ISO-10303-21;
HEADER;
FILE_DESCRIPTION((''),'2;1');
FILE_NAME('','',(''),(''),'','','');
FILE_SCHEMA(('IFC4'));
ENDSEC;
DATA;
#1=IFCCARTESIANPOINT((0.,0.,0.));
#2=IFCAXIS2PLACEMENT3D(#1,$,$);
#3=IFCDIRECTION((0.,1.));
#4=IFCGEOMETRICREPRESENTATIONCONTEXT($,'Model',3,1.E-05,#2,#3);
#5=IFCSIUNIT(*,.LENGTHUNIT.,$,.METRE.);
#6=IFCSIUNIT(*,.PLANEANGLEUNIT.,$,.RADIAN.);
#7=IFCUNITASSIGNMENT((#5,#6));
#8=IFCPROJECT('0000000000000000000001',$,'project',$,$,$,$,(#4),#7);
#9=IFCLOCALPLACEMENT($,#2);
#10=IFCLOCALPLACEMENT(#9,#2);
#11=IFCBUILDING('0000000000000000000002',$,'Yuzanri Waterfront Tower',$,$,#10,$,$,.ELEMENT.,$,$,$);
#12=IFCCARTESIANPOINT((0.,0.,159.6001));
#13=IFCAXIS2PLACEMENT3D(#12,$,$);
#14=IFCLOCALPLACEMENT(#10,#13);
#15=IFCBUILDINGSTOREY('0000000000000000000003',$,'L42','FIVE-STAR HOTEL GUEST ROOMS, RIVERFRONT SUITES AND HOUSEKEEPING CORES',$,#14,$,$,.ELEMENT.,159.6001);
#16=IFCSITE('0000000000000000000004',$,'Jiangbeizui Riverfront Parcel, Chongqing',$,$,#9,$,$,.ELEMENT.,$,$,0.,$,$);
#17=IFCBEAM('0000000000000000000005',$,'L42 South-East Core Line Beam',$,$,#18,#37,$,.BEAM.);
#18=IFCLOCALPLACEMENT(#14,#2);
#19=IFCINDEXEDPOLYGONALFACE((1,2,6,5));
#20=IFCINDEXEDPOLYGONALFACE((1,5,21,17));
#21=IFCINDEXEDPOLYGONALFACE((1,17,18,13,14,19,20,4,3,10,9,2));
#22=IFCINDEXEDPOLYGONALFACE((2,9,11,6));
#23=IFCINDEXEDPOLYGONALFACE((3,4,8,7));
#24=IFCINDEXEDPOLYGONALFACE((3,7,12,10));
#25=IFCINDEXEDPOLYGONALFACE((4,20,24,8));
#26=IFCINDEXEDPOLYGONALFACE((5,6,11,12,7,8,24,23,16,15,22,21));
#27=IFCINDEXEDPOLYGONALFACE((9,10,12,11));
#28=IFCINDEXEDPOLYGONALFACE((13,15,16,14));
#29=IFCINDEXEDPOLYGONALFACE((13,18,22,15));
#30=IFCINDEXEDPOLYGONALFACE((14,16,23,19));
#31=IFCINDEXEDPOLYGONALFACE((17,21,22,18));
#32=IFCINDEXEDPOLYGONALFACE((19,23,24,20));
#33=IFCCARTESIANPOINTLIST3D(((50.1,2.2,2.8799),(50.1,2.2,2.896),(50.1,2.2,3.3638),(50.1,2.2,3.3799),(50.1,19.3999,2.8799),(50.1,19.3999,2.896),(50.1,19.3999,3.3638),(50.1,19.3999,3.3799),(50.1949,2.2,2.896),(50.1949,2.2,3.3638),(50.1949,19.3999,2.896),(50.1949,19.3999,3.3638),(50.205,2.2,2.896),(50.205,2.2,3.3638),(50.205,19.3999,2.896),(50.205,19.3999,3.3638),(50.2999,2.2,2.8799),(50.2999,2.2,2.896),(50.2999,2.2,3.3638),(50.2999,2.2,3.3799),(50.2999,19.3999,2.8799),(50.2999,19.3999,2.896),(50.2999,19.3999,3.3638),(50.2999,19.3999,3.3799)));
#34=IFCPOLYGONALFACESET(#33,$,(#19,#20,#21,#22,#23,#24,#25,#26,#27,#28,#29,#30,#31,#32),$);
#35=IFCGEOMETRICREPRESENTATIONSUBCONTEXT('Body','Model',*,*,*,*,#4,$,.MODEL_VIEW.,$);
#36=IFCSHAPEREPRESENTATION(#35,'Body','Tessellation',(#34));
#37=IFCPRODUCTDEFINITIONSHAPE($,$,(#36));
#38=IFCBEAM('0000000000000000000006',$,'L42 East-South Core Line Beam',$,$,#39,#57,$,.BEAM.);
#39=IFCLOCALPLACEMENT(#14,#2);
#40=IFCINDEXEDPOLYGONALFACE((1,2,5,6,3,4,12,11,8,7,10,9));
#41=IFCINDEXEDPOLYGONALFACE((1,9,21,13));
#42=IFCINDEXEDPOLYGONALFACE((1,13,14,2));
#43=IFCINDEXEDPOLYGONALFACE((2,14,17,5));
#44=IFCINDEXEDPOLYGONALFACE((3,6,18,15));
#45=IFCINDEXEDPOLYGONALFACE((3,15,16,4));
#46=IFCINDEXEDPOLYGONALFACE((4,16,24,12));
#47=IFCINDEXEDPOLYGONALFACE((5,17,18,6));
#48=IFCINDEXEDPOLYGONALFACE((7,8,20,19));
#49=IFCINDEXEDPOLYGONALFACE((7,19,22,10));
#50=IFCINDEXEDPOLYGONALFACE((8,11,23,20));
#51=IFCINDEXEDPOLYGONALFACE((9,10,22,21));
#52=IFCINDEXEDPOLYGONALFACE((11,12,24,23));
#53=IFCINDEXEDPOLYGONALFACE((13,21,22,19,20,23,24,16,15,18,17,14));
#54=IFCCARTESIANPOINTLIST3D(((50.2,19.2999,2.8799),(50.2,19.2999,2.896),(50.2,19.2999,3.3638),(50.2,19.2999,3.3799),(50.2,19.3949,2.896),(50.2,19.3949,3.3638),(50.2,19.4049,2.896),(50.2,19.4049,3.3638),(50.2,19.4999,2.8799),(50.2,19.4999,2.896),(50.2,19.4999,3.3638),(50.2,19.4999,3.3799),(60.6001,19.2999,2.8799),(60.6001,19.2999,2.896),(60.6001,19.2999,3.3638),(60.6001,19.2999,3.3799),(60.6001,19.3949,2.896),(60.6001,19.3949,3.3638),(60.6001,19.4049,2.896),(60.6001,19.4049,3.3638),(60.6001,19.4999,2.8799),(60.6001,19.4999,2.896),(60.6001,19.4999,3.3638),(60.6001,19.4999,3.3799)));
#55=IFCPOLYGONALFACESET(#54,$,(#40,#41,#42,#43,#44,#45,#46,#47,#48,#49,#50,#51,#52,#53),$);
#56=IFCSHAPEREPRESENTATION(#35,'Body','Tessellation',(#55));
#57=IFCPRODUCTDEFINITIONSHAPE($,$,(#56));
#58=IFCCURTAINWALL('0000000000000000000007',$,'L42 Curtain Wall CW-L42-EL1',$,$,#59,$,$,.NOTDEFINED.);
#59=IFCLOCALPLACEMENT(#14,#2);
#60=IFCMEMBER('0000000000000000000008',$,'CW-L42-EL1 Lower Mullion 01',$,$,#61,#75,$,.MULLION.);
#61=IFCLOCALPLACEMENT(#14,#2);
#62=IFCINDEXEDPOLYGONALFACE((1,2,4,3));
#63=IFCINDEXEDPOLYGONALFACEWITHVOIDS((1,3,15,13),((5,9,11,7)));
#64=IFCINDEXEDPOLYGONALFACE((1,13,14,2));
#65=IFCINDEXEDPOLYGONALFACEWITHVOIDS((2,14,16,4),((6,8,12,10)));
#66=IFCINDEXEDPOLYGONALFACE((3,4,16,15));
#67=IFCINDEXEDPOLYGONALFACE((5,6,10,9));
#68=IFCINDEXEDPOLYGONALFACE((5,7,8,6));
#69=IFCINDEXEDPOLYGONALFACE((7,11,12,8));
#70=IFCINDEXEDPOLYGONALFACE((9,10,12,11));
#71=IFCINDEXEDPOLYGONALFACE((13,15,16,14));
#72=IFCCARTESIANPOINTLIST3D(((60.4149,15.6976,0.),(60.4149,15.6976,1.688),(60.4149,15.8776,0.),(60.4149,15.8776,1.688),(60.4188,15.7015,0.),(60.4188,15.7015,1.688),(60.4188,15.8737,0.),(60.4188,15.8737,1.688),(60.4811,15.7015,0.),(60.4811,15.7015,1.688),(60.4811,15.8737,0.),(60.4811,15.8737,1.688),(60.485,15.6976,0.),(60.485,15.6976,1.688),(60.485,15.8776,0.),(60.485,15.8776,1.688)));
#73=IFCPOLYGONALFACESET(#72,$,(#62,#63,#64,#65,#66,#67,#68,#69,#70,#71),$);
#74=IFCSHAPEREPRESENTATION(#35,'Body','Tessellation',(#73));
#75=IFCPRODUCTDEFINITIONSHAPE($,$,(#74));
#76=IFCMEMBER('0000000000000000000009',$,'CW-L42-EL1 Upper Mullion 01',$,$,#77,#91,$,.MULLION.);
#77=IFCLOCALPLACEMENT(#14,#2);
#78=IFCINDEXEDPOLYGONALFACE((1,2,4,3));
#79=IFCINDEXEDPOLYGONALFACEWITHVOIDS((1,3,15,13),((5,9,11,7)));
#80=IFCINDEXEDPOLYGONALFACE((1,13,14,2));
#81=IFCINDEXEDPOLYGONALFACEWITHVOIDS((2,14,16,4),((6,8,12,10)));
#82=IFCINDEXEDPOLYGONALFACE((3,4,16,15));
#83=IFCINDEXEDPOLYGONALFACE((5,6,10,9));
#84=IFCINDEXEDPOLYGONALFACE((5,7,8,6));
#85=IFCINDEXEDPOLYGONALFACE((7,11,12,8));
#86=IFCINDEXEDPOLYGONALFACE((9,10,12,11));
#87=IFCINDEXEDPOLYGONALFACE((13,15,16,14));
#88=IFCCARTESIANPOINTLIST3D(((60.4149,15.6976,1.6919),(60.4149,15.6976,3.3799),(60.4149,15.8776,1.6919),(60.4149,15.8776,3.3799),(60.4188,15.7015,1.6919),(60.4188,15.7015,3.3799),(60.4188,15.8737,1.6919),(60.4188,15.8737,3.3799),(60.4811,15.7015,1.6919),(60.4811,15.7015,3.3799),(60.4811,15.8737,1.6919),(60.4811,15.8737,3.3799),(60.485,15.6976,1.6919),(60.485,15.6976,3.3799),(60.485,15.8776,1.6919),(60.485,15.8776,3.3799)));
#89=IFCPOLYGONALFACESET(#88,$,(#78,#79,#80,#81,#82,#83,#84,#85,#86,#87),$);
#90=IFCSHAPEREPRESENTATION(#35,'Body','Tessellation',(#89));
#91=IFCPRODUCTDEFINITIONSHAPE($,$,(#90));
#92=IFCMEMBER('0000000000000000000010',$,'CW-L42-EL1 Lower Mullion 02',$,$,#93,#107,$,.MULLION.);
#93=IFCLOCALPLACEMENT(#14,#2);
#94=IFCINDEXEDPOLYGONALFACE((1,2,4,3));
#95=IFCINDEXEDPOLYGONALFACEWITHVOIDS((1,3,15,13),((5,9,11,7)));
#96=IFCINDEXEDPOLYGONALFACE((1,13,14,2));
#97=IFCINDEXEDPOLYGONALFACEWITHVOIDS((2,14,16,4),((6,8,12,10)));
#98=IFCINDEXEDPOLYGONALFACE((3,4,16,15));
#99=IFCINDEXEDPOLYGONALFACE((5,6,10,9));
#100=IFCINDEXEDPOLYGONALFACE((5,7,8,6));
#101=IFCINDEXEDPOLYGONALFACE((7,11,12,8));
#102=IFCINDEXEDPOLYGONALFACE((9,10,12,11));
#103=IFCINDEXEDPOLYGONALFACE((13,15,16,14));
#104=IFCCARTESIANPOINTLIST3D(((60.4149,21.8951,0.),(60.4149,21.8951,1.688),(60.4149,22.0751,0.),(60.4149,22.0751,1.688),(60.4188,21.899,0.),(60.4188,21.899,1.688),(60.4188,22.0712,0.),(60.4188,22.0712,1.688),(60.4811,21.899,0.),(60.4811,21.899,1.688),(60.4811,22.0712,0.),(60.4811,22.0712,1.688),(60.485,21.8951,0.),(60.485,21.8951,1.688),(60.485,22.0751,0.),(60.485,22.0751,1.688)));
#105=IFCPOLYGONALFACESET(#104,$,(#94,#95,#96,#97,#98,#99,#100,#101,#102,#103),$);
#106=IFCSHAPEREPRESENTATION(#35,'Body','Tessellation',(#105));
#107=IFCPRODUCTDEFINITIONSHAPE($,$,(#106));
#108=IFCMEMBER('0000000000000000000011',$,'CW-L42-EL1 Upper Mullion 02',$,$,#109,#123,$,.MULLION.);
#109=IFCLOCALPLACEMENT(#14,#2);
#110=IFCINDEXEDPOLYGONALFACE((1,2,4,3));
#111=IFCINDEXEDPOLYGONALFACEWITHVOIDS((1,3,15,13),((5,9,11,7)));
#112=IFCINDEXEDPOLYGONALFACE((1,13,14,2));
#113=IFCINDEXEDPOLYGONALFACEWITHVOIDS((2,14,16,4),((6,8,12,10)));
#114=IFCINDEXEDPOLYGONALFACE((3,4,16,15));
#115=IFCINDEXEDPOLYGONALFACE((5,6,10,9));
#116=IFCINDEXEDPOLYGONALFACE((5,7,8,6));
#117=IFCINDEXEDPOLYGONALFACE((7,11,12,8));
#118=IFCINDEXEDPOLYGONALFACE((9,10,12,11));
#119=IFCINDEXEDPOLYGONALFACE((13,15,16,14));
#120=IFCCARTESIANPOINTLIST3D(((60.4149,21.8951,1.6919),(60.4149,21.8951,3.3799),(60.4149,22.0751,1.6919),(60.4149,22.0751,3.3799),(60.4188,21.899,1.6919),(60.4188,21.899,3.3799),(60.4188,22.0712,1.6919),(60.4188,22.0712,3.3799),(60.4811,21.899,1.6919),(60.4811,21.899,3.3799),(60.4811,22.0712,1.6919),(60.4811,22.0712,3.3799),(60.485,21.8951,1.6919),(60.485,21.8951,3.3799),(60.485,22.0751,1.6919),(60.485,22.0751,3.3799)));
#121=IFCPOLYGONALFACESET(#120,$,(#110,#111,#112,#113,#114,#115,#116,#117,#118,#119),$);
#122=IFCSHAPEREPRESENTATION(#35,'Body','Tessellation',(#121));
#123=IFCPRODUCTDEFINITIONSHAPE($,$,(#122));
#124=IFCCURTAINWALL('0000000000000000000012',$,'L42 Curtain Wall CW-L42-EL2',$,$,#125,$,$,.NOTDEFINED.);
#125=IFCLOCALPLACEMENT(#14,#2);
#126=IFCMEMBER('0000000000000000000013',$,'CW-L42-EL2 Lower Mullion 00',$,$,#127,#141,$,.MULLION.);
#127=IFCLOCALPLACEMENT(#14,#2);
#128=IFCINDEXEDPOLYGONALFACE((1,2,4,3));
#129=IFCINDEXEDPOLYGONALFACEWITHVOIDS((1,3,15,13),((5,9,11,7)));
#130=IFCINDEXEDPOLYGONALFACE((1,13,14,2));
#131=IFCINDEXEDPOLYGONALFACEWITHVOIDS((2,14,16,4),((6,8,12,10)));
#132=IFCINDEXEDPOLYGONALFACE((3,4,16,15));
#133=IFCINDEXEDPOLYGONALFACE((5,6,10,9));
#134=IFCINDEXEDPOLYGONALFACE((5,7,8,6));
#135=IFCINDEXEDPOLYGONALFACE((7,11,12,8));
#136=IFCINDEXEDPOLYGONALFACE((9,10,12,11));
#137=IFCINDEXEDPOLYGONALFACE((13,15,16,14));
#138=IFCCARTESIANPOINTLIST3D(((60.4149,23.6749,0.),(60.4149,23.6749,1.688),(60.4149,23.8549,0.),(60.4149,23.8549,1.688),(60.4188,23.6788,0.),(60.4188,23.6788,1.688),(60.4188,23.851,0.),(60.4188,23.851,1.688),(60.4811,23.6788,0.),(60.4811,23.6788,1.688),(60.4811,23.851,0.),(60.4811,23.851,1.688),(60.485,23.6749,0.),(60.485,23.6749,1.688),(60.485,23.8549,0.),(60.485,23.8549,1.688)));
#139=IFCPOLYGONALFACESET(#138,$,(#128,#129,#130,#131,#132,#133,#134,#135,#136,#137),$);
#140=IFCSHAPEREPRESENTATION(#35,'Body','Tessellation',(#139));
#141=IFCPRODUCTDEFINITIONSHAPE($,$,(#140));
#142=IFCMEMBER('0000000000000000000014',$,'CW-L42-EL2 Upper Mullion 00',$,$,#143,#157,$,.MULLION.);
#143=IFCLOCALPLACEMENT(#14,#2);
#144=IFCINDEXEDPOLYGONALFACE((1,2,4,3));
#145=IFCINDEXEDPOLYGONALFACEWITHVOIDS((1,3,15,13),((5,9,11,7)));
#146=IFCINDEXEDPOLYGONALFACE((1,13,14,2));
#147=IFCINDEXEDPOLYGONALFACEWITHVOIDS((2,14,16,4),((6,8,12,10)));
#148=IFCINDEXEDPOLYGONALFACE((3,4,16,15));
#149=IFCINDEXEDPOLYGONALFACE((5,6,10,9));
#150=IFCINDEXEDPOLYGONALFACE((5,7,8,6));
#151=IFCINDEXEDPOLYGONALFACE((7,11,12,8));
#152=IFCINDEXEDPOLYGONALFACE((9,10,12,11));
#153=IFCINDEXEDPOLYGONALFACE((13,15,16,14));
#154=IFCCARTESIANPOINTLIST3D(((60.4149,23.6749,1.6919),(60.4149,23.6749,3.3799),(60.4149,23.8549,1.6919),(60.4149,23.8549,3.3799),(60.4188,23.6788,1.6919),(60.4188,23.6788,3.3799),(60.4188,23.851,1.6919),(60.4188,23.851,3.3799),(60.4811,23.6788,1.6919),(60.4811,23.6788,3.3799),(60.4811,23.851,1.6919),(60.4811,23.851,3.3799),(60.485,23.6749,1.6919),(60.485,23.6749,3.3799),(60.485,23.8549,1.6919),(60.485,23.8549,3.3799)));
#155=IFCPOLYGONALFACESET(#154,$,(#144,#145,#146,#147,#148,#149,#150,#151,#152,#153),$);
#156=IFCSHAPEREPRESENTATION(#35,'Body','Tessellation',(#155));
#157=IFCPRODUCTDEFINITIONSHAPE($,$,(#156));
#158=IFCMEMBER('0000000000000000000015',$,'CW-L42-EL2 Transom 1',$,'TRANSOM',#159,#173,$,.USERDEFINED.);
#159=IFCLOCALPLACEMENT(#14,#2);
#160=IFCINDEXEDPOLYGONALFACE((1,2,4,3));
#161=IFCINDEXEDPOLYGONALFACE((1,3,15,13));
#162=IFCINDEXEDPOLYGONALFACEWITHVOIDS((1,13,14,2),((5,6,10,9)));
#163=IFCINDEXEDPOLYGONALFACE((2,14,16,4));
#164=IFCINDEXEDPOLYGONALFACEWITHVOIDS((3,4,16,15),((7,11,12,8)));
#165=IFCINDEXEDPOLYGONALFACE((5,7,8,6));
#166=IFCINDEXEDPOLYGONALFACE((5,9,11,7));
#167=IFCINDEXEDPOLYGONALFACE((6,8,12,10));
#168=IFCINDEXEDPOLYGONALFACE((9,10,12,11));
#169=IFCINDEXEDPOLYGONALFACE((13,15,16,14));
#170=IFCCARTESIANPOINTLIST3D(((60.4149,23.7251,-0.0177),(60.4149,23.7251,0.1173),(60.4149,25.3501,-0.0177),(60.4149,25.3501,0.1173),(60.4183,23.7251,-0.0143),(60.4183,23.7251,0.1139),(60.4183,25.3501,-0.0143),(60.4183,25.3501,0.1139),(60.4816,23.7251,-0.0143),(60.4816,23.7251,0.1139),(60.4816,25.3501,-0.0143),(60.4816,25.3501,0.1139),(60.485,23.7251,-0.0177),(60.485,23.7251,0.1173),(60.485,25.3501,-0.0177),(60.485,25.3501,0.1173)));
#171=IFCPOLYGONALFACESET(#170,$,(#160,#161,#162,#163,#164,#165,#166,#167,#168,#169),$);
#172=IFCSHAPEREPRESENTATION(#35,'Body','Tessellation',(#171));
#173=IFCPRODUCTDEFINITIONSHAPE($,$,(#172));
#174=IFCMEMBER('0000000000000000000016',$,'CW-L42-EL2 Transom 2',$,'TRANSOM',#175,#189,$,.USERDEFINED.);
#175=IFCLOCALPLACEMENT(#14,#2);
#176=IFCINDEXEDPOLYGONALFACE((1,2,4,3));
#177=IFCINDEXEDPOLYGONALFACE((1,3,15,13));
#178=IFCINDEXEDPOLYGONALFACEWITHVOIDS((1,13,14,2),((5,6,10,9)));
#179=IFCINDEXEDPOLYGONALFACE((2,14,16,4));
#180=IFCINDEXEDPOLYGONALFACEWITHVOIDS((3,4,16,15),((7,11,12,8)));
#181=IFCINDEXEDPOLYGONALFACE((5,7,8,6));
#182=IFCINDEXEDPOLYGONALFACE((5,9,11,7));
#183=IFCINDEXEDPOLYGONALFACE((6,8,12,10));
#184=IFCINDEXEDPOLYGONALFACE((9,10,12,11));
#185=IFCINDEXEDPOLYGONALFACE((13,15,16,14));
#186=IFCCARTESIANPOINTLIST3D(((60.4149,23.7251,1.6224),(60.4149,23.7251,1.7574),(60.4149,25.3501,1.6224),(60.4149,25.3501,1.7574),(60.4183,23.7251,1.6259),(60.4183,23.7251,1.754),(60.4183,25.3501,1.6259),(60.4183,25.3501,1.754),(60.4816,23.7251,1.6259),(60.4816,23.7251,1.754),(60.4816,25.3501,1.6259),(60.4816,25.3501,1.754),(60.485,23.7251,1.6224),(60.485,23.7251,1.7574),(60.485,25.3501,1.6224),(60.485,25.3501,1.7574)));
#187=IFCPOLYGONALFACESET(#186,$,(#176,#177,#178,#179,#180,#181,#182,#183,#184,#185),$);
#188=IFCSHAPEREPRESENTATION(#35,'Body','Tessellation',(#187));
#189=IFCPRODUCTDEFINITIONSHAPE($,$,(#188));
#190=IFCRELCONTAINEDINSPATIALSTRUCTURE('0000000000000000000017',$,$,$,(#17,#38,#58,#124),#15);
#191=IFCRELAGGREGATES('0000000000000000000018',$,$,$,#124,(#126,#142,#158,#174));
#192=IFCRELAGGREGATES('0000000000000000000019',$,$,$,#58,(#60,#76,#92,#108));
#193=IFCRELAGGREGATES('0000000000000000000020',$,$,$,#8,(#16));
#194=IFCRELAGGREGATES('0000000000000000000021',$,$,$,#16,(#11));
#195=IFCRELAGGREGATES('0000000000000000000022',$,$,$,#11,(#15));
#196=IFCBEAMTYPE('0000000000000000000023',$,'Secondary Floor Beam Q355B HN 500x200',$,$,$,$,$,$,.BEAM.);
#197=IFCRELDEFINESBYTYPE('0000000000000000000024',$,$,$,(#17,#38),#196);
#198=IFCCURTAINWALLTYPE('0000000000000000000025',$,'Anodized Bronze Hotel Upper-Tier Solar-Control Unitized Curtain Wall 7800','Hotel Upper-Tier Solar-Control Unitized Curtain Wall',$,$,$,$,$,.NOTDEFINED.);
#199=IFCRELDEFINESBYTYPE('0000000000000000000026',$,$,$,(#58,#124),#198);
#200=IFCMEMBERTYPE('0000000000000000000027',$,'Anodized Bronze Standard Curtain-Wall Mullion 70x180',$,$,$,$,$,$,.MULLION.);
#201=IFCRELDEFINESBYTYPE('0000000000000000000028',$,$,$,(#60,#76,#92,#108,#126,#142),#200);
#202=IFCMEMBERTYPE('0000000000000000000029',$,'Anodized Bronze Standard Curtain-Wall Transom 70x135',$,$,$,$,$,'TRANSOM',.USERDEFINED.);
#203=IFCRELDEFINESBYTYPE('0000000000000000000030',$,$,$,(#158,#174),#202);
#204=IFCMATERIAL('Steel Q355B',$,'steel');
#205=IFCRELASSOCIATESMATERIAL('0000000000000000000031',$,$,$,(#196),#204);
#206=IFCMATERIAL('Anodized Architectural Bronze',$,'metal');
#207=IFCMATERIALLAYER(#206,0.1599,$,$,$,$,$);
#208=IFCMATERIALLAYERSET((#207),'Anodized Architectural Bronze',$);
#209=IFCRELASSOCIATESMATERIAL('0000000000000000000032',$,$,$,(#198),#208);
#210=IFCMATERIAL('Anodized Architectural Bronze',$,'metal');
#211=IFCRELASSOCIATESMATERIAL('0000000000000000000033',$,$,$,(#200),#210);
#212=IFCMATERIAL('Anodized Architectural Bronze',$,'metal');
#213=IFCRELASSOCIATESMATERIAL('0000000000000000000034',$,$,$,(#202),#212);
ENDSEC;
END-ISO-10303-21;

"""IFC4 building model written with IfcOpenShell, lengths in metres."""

from ifc_helpers import new_model, si_unit, direction, frame, origin, origin_2d, place, context, subcontext, project, spatial, hollow_rectangle, i_section, extrude, source, transform, mapped, material, layer, layer_set, material_profile, profile_set, type_object, element, aggregate, save


model = new_model("IFC4")

# Units and contexts
model_context = context("Model", 3, precision=1e-05, world=origin(), true_north=direction((0.0, 1.0)))
body_context = subcontext(model_context, "Body", "Model", "MODEL_VIEW")
ifc_project = project(units=[si_unit("LENGTHUNIT", "METRE"), si_unit("PLANEANGLEUNIT", "RADIAN")], contexts=[model_context])

# Site, building, storey
site_placement = place(None, origin())
site = spatial("IfcSite", under=ifc_project, at=site_placement, Name="Jiangbeizui Riverfront Parcel, Chongqing", CompositionType="ELEMENT", RefElevation=0.0)
building_placement = place(site_placement, origin())
building = spatial("IfcBuilding", under=site, at=building_placement, Name="Yuzanri Waterfront Tower", CompositionType="ELEMENT")
storey_placement = place(building_placement, frame((0.0, 0.0, 159.6001)))
storey = spatial("IfcBuildingStorey", under=building, at=storey_placement, Name="L42", Description="FIVE-STAR HOTEL GUEST ROOMS, RIVERFRONT SUITES AND HOUSEKEEPING CORES", CompositionType="ELEMENT", Elevation=159.6001)

# Beams
ifc_material_1 = material(Name="Steel Q355B", Category="steel")
ifc_material_profile_1 = material_profile(ifc_material_1, i_section(OverallWidth=0.2, OverallDepth=0.5, WebThickness=0.01, FlangeThickness=0.0161, at=origin_2d()), Name="HN 500x200x10x16")
ifc_profile_set_1 = profile_set([ifc_material_profile_1], Name="Steel Q355B")
beam_type = type_object("IfcBeamType", Name="Secondary Floor Beam Q355B HN 500x200", PredefinedType="BEAM", material=ifc_profile_set_1)
shared_shape_1 = source(origin(), body_context, "Body", "SweptSolid", [
    extrude(i_section(OverallWidth=0.2, OverallDepth=0.5, WebThickness=0.01, FlangeThickness=0.0161, at=origin_2d()), origin(), (0.0, 0.0, 1.0), 17.2),
])
beam_1_placement = place(storey_placement, frame((50.2, 19.3999, 3.1299), z_axis=(0.0, -1.0, 0.0), x_axis=(1.0, 0.0, 0.0)))
element("IfcBeam", 1, at=beam_1_placement, inside=storey, type_object=beam_type, Name="L42 South-East Core Line Beam", PredefinedType="BEAM", context=body_context, shape_type="MappedRepresentation", body=[
    mapped(shared_shape_1, transform((0.0, 0.0, 0.0), scale=1.0)),
])
shared_shape_2 = source(origin(), body_context, "Body", "SweptSolid", [
    extrude(i_section(OverallWidth=0.2, OverallDepth=0.5, WebThickness=0.01, FlangeThickness=0.0161, at=origin_2d()), origin(), (0.0, 0.0, 1.0), 10.4001),
])
beam_2_placement = place(storey_placement, frame((50.2, 19.3999, 3.1299), z_axis=(1.0, 0.0, 0.0), x_axis=(0.0, 1.0, 0.0)))
element("IfcBeam", 2, at=beam_2_placement, inside=storey, type_object=beam_type, Name="L42 East-South Core Line Beam", PredefinedType="BEAM", context=body_context, shape_type="MappedRepresentation", body=[
    mapped(shared_shape_2, transform((0.0, 0.0, 0.0), scale=1.0)),
])

# Curtain wall, members
ifc_material_2 = material(Name="Anodized Architectural Bronze", Category="metal")
ifc_layer_1 = layer(ifc_material_2, 0.1599)
ifc_layer_set_1 = layer_set([ifc_layer_1], Name="Anodized Architectural Bronze")
curtain_wall_type = type_object("IfcCurtainWallType", Name="Anodized Bronze Hotel Upper-Tier Solar-Control Unitized Curtain Wall 7800", Description="Hotel Upper-Tier Solar-Control Unitized Curtain Wall", PredefinedType="NOTDEFINED", material=ifc_layer_set_1)
curtain_wall_1_placement = place(storey_placement, origin())
curtain_wall_1 = element("IfcCurtainWall", 3, at=curtain_wall_1_placement, inside=storey, type_object=curtain_wall_type, Name="L42 Curtain Wall CW-L42-EL1", PredefinedType="NOTDEFINED")
ifc_material_3 = material(Name="Anodized Architectural Bronze", Category="metal")
ifc_material_profile_2 = material_profile(ifc_material_3, hollow_rectangle(XDim=0.0701, YDim=0.1799, WallThickness=0.0039, at=origin_2d()), Name="CWM 70x180")
ifc_profile_set_2 = profile_set([ifc_material_profile_2], Name="Anodized Architectural Bronze")
member_type_1 = type_object("IfcMemberType", Name="Anodized Bronze Standard Curtain-Wall Mullion 70x180", PredefinedType="MULLION", material=ifc_profile_set_2)
shared_shape_3 = source(origin(), body_context, "Body", "SweptSolid", [
    extrude(hollow_rectangle(XDim=0.0701, YDim=0.1799, WallThickness=0.0039, at=origin_2d()), origin(), (0.0, 0.0, 1.0), 1.688),
])
member_1_placement = place(storey_placement, frame((60.45, 15.7876, 0.0), z_axis=(0.0, 0.0, 1.0), x_axis=(1.0, 0.0, 0.0)))
member_1 = element("IfcMember", 4, at=member_1_placement, type_object=member_type_1, Name="CW-L42-EL1 Lower Mullion 01", PredefinedType="MULLION", context=body_context, shape_type="MappedRepresentation", body=[
    mapped(shared_shape_3, transform((0.0, 0.0, 0.0), scale=1.0)),
])
member_2_placement = place(storey_placement, frame((60.45, 15.7876, 1.6919), z_axis=(0.0, 0.0, 1.0), x_axis=(1.0, 0.0, 0.0)))
member_2 = element("IfcMember", 5, at=member_2_placement, type_object=member_type_1, Name="CW-L42-EL1 Upper Mullion 01", PredefinedType="MULLION", context=body_context, shape_type="MappedRepresentation", body=[
    mapped(shared_shape_3, transform((0.0, 0.0, 0.0), scale=1.0)),
])
member_3_placement = place(storey_placement, frame((60.45, 21.9851, 0.0), z_axis=(0.0, 0.0, 1.0), x_axis=(1.0, 0.0, 0.0)))
member_3 = element("IfcMember", 6, at=member_3_placement, type_object=member_type_1, Name="CW-L42-EL1 Lower Mullion 02", PredefinedType="MULLION", context=body_context, shape_type="MappedRepresentation", body=[
    mapped(shared_shape_3, transform((0.0, 0.0, 0.0), scale=1.0)),
])
member_4_placement = place(storey_placement, frame((60.45, 21.9851, 1.6919), z_axis=(0.0, 0.0, 1.0), x_axis=(1.0, 0.0, 0.0)))
member_4 = element("IfcMember", 7, at=member_4_placement, type_object=member_type_1, Name="CW-L42-EL1 Upper Mullion 02", PredefinedType="MULLION", context=body_context, shape_type="MappedRepresentation", body=[
    mapped(shared_shape_3, transform((0.0, 0.0, 0.0), scale=1.0)),
])

# Curtain wall, members
curtain_wall_2_placement = place(storey_placement, origin())
curtain_wall_2 = element("IfcCurtainWall", 8, at=curtain_wall_2_placement, inside=storey, type_object=curtain_wall_type, Name="L42 Curtain Wall CW-L42-EL2", PredefinedType="NOTDEFINED")
member_5_placement = place(storey_placement, frame((60.45, 23.7649, 0.0), z_axis=(0.0, 0.0, 1.0), x_axis=(1.0, 0.0, 0.0)))
member_5 = element("IfcMember", 9, at=member_5_placement, type_object=member_type_1, Name="CW-L42-EL2 Lower Mullion 00", PredefinedType="MULLION", context=body_context, shape_type="MappedRepresentation", body=[
    mapped(shared_shape_3, transform((0.0, 0.0, 0.0), scale=1.0)),
])
member_6_placement = place(storey_placement, frame((60.45, 23.7649, 1.6919), z_axis=(0.0, 0.0, 1.0), x_axis=(1.0, 0.0, 0.0)))
member_6 = element("IfcMember", 10, at=member_6_placement, type_object=member_type_1, Name="CW-L42-EL2 Upper Mullion 00", PredefinedType="MULLION", context=body_context, shape_type="MappedRepresentation", body=[
    mapped(shared_shape_3, transform((0.0, 0.0, 0.0), scale=1.0)),
])
ifc_material_4 = material(Name="Anodized Architectural Bronze", Category="metal")
ifc_material_profile_3 = material_profile(ifc_material_4, hollow_rectangle(XDim=0.0701, YDim=0.135, WallThickness=0.0034, at=origin_2d()), Name="CWT 70x135")
ifc_profile_set_3 = profile_set([ifc_material_profile_3], Name="Anodized Architectural Bronze")
member_type_2 = type_object("IfcMemberType", Name="Anodized Bronze Standard Curtain-Wall Transom 70x135", ElementType="TRANSOM", PredefinedType="USERDEFINED", material=ifc_profile_set_3)
shared_shape_4 = source(origin(), body_context, "Body", "SweptSolid", [
    extrude(hollow_rectangle(XDim=0.0701, YDim=0.135, WallThickness=0.0034, at=origin_2d()), origin(), (0.0, 0.0, 1.0), 1.625),
])
member_7_placement = place(storey_placement, frame((60.45, 23.7251, 0.0498), z_axis=(0.0, 1.0, 0.0), x_axis=(-1.0, 0.0, 0.0)))
member_7 = element("IfcMember", 11, at=member_7_placement, type_object=member_type_2, Name="CW-L42-EL2 Transom 1", ObjectType="TRANSOM", PredefinedType="USERDEFINED", context=body_context, shape_type="MappedRepresentation", body=[
    mapped(shared_shape_4, transform((0.0, 0.0, 0.0), scale=1.0)),
])
member_8_placement = place(storey_placement, frame((60.45, 23.7251, 1.6899), z_axis=(0.0, 1.0, 0.0), x_axis=(-1.0, 0.0, 0.0)))
member_8 = element("IfcMember", 12, at=member_8_placement, type_object=member_type_2, Name="CW-L42-EL2 Transom 2", ObjectType="TRANSOM", PredefinedType="USERDEFINED", context=body_context, shape_type="MappedRepresentation", body=[
    mapped(shared_shape_4, transform((0.0, 0.0, 0.0), scale=1.0)),
])
aggregate(curtain_wall_2, [member_5, member_6, member_7, member_8])

aggregate(curtain_wall_1, [member_1, member_2, member_3, member_4])

save(model, "model.ifc")
